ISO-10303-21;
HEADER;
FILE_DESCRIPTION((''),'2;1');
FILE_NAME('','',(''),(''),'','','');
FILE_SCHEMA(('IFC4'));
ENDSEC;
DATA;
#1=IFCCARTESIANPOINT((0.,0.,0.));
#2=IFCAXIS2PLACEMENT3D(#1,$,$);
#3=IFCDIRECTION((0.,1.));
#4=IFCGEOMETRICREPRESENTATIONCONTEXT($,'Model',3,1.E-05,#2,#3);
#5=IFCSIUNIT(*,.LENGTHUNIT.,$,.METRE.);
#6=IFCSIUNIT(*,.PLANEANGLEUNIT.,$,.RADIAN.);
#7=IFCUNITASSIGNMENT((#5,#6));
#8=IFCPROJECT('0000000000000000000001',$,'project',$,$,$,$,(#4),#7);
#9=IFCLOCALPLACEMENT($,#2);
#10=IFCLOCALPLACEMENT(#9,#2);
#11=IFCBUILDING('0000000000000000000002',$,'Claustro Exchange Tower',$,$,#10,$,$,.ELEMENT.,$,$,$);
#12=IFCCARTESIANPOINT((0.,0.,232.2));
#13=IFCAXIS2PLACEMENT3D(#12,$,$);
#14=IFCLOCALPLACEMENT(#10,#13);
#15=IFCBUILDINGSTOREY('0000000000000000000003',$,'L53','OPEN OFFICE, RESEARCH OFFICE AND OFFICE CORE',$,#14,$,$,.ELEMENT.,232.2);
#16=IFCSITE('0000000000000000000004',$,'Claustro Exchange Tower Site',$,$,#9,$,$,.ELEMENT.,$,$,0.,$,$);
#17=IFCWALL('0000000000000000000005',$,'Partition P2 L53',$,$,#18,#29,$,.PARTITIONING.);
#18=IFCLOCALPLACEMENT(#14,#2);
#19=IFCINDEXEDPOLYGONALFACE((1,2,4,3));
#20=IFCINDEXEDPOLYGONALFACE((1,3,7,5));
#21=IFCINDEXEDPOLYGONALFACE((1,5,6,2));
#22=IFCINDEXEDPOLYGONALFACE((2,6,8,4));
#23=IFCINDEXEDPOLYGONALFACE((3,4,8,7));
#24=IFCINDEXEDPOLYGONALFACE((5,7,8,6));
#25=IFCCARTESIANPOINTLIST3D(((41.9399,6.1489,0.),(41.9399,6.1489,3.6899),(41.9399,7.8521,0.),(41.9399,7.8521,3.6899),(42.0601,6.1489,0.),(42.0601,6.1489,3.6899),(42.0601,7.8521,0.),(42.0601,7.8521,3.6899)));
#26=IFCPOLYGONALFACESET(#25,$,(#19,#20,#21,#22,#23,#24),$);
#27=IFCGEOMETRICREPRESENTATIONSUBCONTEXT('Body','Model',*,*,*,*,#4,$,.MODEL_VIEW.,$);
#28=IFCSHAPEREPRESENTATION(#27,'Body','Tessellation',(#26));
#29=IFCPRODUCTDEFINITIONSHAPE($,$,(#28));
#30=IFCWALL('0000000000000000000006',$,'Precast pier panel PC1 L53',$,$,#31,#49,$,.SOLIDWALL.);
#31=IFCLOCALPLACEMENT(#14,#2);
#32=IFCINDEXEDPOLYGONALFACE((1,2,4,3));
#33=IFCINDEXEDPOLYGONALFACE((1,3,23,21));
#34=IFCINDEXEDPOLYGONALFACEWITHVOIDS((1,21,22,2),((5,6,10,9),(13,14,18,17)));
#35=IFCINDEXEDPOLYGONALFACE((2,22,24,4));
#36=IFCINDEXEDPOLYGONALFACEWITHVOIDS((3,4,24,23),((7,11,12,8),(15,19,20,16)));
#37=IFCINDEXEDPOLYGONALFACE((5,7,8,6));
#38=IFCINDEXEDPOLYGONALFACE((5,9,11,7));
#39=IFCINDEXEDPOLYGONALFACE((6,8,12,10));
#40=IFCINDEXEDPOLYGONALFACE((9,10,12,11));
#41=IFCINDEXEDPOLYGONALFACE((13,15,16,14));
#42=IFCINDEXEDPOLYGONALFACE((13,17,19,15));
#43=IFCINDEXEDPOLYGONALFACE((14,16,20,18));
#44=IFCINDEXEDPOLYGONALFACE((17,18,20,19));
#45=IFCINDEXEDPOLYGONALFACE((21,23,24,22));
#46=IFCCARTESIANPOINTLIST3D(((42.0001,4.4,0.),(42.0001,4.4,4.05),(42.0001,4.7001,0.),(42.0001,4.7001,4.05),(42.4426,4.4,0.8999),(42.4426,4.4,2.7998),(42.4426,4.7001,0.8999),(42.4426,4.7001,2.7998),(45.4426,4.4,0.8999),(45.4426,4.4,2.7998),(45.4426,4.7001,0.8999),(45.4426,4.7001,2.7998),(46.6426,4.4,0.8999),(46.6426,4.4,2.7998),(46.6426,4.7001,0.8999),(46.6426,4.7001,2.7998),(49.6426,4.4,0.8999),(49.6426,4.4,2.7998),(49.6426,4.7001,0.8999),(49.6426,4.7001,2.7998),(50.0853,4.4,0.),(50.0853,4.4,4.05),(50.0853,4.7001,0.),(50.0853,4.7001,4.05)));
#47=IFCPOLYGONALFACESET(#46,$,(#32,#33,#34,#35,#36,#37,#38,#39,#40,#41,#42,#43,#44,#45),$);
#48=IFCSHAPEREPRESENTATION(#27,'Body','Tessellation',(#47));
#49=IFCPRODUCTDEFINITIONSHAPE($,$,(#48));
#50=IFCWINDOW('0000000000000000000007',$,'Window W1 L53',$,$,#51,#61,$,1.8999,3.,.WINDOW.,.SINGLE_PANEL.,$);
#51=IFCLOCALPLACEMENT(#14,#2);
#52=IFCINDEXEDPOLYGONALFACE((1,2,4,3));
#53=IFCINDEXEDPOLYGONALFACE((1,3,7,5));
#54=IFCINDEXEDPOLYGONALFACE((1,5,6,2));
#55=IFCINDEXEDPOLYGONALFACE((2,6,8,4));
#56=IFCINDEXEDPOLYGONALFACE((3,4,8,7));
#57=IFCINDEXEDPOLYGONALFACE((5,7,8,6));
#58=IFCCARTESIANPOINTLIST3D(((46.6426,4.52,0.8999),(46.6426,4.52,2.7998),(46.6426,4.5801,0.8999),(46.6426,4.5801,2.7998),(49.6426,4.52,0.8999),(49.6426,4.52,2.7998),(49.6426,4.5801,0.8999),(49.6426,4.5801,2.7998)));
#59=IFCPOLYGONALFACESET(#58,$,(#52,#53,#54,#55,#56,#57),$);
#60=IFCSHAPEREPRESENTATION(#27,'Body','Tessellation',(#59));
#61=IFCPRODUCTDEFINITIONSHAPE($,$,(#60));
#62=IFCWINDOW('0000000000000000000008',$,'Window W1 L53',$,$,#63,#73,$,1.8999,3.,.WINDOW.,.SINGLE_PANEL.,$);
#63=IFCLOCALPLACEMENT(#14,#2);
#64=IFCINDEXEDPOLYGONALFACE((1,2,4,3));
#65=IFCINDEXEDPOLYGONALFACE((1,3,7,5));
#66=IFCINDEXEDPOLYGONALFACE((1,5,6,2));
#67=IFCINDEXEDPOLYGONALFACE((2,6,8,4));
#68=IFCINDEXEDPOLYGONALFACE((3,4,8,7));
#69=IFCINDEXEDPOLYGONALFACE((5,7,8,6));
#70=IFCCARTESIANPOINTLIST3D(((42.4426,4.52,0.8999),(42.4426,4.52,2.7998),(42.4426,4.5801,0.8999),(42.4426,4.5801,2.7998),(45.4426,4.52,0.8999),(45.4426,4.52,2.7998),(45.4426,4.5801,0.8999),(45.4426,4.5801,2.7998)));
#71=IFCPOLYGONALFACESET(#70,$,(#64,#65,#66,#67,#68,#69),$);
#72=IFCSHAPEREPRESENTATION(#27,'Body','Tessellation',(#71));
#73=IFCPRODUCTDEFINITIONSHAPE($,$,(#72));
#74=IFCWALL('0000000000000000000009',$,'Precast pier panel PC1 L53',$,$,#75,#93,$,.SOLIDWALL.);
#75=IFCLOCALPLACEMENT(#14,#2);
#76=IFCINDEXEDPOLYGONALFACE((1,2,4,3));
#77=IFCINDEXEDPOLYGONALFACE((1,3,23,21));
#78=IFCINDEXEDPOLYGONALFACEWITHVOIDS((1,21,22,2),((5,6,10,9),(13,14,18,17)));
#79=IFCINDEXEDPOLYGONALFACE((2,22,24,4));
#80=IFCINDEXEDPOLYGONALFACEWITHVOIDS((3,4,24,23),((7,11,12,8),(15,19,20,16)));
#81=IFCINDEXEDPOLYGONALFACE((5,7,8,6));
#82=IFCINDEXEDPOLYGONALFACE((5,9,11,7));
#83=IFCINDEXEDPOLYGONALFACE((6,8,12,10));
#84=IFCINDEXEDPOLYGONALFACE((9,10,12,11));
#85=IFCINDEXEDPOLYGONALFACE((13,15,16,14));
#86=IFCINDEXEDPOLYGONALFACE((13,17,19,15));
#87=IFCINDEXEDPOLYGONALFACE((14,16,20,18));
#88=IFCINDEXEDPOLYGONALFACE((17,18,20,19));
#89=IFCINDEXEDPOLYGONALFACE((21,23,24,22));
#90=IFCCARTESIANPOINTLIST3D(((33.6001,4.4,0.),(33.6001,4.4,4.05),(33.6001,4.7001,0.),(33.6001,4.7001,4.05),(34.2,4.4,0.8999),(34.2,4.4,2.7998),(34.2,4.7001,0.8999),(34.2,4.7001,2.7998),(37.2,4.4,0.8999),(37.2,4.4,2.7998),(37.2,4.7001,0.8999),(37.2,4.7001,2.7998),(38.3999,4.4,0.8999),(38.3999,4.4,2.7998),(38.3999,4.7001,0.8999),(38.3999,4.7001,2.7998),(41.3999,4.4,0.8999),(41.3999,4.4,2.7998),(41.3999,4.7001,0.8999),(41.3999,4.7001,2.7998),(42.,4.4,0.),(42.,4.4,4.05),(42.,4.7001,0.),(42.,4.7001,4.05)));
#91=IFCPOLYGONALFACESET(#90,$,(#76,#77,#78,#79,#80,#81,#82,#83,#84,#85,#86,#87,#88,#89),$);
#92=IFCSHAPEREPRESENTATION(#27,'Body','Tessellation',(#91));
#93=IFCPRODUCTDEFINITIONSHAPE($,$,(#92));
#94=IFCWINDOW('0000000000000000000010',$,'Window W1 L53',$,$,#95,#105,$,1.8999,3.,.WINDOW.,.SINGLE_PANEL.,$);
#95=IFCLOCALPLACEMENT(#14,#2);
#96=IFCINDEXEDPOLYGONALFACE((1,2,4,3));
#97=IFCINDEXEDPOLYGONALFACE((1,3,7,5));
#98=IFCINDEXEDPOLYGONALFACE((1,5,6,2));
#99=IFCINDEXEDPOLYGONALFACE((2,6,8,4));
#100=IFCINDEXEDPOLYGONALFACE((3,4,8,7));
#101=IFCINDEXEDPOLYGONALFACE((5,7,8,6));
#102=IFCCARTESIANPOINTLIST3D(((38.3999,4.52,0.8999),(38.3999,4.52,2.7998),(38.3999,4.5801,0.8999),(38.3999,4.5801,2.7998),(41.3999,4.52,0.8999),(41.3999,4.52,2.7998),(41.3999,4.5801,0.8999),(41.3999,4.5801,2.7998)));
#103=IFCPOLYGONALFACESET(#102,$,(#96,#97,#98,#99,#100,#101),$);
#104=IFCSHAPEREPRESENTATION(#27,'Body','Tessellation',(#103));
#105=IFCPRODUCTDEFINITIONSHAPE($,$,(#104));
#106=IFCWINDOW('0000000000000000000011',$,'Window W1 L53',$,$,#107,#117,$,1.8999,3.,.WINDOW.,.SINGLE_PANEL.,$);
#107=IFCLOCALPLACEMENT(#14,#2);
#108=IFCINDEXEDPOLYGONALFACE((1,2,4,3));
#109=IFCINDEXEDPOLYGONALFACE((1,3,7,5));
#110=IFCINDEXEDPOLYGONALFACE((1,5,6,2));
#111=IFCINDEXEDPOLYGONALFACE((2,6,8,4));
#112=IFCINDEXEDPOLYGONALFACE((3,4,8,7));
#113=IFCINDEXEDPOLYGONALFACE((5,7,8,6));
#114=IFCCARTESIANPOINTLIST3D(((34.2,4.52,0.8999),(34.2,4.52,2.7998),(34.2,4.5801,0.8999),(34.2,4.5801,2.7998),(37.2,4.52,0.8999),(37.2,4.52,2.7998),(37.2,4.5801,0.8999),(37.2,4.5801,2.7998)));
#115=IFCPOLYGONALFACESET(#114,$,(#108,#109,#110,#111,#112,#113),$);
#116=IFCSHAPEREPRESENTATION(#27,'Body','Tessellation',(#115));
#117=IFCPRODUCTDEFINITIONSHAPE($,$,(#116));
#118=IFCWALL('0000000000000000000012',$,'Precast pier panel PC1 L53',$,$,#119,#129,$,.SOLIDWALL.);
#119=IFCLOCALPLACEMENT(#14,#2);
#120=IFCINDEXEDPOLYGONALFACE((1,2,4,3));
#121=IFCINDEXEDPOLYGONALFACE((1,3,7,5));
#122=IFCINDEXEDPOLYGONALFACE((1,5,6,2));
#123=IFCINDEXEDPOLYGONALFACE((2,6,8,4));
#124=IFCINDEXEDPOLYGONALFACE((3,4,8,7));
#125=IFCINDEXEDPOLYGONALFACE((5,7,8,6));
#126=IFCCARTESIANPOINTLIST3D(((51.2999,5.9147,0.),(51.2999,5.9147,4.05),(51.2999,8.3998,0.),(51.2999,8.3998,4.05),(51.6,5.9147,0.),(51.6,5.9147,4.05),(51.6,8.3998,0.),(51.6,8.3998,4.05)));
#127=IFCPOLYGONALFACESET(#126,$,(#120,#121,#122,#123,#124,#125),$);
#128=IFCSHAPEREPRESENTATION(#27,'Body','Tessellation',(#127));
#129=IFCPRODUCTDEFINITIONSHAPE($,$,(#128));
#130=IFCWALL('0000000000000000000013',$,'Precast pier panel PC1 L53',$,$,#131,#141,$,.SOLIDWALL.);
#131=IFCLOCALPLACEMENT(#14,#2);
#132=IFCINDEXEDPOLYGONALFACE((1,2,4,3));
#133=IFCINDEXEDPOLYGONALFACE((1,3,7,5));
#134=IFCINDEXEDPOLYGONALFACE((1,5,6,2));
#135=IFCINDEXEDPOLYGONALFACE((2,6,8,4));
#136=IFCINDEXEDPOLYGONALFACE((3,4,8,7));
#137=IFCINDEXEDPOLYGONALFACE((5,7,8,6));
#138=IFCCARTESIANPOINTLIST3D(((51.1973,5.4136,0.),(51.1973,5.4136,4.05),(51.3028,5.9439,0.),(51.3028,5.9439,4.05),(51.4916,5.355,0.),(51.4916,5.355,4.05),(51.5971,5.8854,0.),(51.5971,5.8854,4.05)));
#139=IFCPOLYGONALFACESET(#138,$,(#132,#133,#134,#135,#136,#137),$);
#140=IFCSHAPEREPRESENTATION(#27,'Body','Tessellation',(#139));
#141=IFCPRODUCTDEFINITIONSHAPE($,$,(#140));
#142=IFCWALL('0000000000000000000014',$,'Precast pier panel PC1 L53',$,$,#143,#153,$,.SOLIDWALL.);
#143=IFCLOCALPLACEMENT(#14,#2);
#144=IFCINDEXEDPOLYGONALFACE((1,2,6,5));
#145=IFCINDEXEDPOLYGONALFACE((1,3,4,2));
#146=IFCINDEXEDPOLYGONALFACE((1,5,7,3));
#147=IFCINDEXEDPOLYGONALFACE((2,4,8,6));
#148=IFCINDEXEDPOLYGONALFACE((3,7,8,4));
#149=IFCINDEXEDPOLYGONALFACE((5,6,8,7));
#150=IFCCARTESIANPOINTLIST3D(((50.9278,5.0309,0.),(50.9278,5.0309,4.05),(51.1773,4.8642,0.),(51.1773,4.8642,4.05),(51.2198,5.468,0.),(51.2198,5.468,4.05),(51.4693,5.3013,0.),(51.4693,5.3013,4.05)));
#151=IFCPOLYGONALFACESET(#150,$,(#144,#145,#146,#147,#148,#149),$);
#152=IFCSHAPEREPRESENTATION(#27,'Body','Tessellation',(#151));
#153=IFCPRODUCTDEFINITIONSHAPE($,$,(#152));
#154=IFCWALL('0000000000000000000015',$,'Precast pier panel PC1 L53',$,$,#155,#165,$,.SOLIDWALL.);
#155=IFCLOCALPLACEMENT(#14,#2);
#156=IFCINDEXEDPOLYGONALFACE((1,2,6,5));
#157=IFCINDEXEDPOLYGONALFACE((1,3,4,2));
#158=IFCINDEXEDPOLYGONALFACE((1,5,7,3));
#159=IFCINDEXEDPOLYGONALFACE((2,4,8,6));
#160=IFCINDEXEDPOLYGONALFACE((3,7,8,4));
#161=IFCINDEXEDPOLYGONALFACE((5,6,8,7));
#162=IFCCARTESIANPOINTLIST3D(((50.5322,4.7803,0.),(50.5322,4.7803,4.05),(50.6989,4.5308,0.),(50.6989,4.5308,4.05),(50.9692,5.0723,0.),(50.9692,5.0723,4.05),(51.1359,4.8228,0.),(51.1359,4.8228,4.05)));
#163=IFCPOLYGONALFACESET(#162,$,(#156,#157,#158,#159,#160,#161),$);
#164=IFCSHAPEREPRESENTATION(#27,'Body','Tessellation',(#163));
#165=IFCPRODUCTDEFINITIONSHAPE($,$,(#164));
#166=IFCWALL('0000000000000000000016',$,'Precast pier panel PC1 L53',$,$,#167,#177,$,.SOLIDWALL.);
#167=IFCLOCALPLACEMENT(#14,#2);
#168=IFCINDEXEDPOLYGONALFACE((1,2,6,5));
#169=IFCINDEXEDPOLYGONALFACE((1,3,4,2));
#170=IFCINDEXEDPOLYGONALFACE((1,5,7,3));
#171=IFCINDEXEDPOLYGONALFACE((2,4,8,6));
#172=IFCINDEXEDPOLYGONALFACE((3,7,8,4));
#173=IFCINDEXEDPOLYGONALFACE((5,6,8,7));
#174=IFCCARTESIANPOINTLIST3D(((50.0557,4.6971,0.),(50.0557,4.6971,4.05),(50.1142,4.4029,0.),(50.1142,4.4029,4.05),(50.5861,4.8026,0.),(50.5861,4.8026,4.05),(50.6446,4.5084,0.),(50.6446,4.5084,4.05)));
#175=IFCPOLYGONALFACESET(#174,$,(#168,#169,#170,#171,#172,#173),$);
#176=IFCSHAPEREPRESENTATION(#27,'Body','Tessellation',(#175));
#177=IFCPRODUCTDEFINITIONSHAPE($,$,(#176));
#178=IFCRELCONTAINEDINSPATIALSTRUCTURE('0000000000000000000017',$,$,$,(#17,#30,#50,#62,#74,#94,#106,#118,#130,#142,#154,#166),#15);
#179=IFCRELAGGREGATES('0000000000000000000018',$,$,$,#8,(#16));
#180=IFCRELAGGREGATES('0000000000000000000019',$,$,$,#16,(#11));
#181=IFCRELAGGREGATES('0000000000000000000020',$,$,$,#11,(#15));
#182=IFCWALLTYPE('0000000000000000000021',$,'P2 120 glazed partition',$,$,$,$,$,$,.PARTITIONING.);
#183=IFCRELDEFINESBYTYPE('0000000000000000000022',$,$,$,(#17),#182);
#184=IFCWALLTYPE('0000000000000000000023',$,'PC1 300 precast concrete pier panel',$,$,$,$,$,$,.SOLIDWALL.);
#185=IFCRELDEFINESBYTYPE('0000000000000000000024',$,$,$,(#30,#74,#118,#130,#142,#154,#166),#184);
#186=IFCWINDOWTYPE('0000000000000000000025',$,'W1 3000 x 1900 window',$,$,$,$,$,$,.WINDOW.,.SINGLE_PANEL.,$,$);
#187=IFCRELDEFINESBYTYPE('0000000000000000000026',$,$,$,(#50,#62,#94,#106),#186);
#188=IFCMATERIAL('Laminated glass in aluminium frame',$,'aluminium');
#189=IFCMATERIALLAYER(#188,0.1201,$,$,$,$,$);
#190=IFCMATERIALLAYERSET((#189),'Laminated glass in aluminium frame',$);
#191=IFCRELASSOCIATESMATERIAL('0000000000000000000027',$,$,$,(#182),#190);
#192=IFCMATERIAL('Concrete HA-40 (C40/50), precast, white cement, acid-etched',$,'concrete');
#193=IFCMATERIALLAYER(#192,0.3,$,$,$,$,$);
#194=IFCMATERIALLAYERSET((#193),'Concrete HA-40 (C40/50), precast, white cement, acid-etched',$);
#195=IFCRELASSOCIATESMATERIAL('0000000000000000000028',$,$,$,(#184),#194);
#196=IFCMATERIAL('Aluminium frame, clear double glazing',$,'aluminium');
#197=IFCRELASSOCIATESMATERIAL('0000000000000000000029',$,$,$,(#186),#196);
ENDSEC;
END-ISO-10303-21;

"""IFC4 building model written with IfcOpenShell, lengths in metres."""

from ifc_helpers import new_model, si_unit, direction, frame, frame_2d, origin, place, context, subcontext, project, spatial, rectangle, extrude, material, layer, layer_set, type_object, element, fill, save


model = new_model("IFC4")

# Units and contexts
model_context = context("Model", 3, precision=1e-05, world=origin(), true_north=direction((0.0, 1.0)))
body_context = subcontext(model_context, "Body", "Model", "MODEL_VIEW")
ifc_project = project(units=[si_unit("LENGTHUNIT", "METRE"), si_unit("PLANEANGLEUNIT", "RADIAN")], contexts=[model_context])

# Site, building, storey
site_placement = place(None, origin())
site = spatial("IfcSite", under=ifc_project, at=site_placement, Name="Claustro Exchange Tower Site", CompositionType="ELEMENT", RefElevation=0.0)
building_placement = place(site_placement, origin())
building = spatial("IfcBuilding", under=site, at=building_placement, Name="Claustro Exchange Tower", CompositionType="ELEMENT")
storey_placement = place(building_placement, frame((0.0, 0.0, 232.2)))
storey = spatial("IfcBuildingStorey", under=building, at=storey_placement, Name="L53", Description="OPEN OFFICE, RESEARCH OFFICE AND OFFICE CORE", CompositionType="ELEMENT", Elevation=232.2)

# Wall
ifc_material_1 = material(Name="Laminated glass in aluminium frame", Category="aluminium")
ifc_layer_1 = layer(ifc_material_1, 0.1201)
ifc_layer_set_1 = layer_set([ifc_layer_1], Name="Laminated glass in aluminium frame")
wall_type_1 = type_object("IfcWallType", Name="P2 120 glazed partition", PredefinedType="PARTITIONING", material=ifc_layer_set_1)
wall_1_placement = place(storey_placement, frame((42.0, 6.1489, 0.0), z_axis=(0.0, 0.0, 1.0), x_axis=(0.0, 1.0, 0.0)))
element("IfcWall", 1, at=wall_1_placement, inside=storey, type_object=wall_type_1, Name="Partition P2 L53", PredefinedType="PARTITIONING", context=body_context, shape_type="SweptSolid", body=[
    extrude(rectangle(XDim=1.7031, YDim=0.1201, at=frame_2d((0.8516, 0.0))), origin(), (0.0, 0.0, 1.0), 3.6899),
])

# Walls, openings, windows
ifc_material_2 = material(Name="Concrete HA-40 (C40/50), precast, white cement, acid-etched", Category="concrete")
ifc_layer_2 = layer(ifc_material_2, 0.3)
ifc_layer_set_2 = layer_set([ifc_layer_2], Name="Concrete HA-40 (C40/50), precast, white cement, acid-etched")
wall_type_2 = type_object("IfcWallType", Name="PC1 300 precast concrete pier panel", PredefinedType="SOLIDWALL", material=ifc_layer_set_2)
wall_2_placement = place(storey_placement, frame((50.0852, 4.55, 0.0), z_axis=(0.0, 0.0, 1.0), x_axis=(-1.0, 0.0, 0.0)))
wall_2 = element("IfcWall", 2, at=wall_2_placement, inside=storey, type_object=wall_type_2, Name="Precast pier panel PC1 L53", PredefinedType="SOLIDWALL", context=body_context, shape_type="SweptSolid", body=[
    extrude(rectangle(XDim=8.0852, YDim=0.3, at=frame_2d((4.0425, 0.0))), origin(), (0.0, 0.0, 1.0), 4.05),
])
opening_1_placement = place(wall_2_placement, frame((0.4426, 0.0, 0.8999)))
opening_1 = element("IfcOpeningElement", 3, at=opening_1_placement, cuts=wall_2, PredefinedType="OPENING", context=body_context, shape_type="SweptSolid", body=[
    extrude(rectangle(XDim=3.0, YDim=1.8999, at=frame_2d((1.5, 0.95))), frame((0.0, 0.1599, 0.0), z_axis=(0.0, -1.0, 0.0), x_axis=(1.0, 0.0, 0.0)), (0.0, 0.0, 1.0), 0.3201),
])
opening_2_placement = place(wall_2_placement, frame((4.6426, 0.0, 0.8999)))
opening_2 = element("IfcOpeningElement", 4, at=opening_2_placement, cuts=wall_2, PredefinedType="OPENING", context=body_context, shape_type="SweptSolid", body=[
    extrude(rectangle(XDim=3.0, YDim=1.8999, at=frame_2d((1.5, 0.95))), frame((0.0, 0.1599, 0.0), z_axis=(0.0, -1.0, 0.0), x_axis=(1.0, 0.0, 0.0)), (0.0, 0.0, 1.0), 0.3201),
])
ifc_material_3 = material(Name="Aluminium frame, clear double glazing", Category="aluminium")
window_type = type_object("IfcWindowType", Name="W1 3000 x 1900 window", PartitioningType="SINGLE_PANEL", PredefinedType="WINDOW", material=ifc_material_3)
window_1_placement = place(opening_1_placement, origin())
window_1 = element("IfcWindow", 5, at=window_1_placement, inside=storey, type_object=window_type, Name="Window W1 L53", OverallHeight=1.8999, OverallWidth=3.0, PartitioningType="SINGLE_PANEL", PredefinedType="WINDOW", context=body_context, shape_type="SweptSolid", body=[
    extrude(rectangle(XDim=3.0, YDim=1.8999, at=frame_2d((1.5, 0.95))), frame((0.0, 0.03, 0.0), z_axis=(0.0, -1.0, 0.0), x_axis=(1.0, 0.0, 0.0)), (0.0, 0.0, 1.0), 0.0601),
])
fill(opening_1, window_1)
window_2_placement = place(opening_2_placement, origin())
window_2 = element("IfcWindow", 6, at=window_2_placement, inside=storey, type_object=window_type, Name="Window W1 L53", OverallHeight=1.8999, OverallWidth=3.0, PartitioningType="SINGLE_PANEL", PredefinedType="WINDOW", context=body_context, shape_type="SweptSolid", body=[
    extrude(rectangle(XDim=3.0, YDim=1.8999, at=frame_2d((1.5, 0.95))), frame((0.0, 0.03, 0.0), z_axis=(0.0, -1.0, 0.0), x_axis=(1.0, 0.0, 0.0)), (0.0, 0.0, 1.0), 0.0601),
])
fill(opening_2, window_2)
wall_3_placement = place(storey_placement, frame((42.0, 4.55, 0.0), z_axis=(0.0, 0.0, 1.0), x_axis=(-1.0, 0.0, 0.0)))
wall_3 = element("IfcWall", 7, at=wall_3_placement, inside=storey, type_object=wall_type_2, Name="Precast pier panel PC1 L53", PredefinedType="SOLIDWALL", context=body_context, shape_type="SweptSolid", body=[
    extrude(rectangle(XDim=8.3999, YDim=0.3, at=frame_2d((4.2, 0.0))), origin(), (0.0, 0.0, 1.0), 4.05),
])
opening_3_placement = place(wall_3_placement, frame((0.6001, 0.0, 0.8999)))
opening_3 = element("IfcOpeningElement", 8, at=opening_3_placement, cuts=wall_3, PredefinedType="OPENING", context=body_context, shape_type="SweptSolid", body=[
    extrude(rectangle(XDim=3.0, YDim=1.8999, at=frame_2d((1.5, 0.95))), frame((0.0, 0.1599, 0.0), z_axis=(0.0, -1.0, 0.0), x_axis=(1.0, 0.0, 0.0)), (0.0, 0.0, 1.0), 0.3201),
])
opening_4_placement = place(wall_3_placement, frame((4.8, 0.0, 0.8999)))
opening_4 = element("IfcOpeningElement", 9, at=opening_4_placement, cuts=wall_3, PredefinedType="OPENING", context=body_context, shape_type="SweptSolid", body=[
    extrude(rectangle(XDim=3.0, YDim=1.8999, at=frame_2d((1.5, 0.95))), frame((0.0, 0.1599, 0.0), z_axis=(0.0, -1.0, 0.0), x_axis=(1.0, 0.0, 0.0)), (0.0, 0.0, 1.0), 0.3201),
])
window_3_placement = place(opening_3_placement, origin())
window_3 = element("IfcWindow", 10, at=window_3_placement, inside=storey, type_object=window_type, Name="Window W1 L53", OverallHeight=1.8999, OverallWidth=3.0, PartitioningType="SINGLE_PANEL", PredefinedType="WINDOW", context=body_context, shape_type="SweptSolid", body=[
    extrude(rectangle(XDim=3.0, YDim=1.8999, at=frame_2d((1.5, 0.95))), frame((0.0, 0.03, 0.0), z_axis=(0.0, -1.0, 0.0), x_axis=(1.0, 0.0, 0.0)), (0.0, 0.0, 1.0), 0.0601),
])
fill(opening_3, window_3)
window_4_placement = place(opening_4_placement, origin())
window_4 = element("IfcWindow", 11, at=window_4_placement, inside=storey, type_object=window_type, Name="Window W1 L53", OverallHeight=1.8999, OverallWidth=3.0, PartitioningType="SINGLE_PANEL", PredefinedType="WINDOW", context=body_context, shape_type="SweptSolid", body=[
    extrude(rectangle(XDim=3.0, YDim=1.8999, at=frame_2d((1.5, 0.95))), frame((0.0, 0.03, 0.0), z_axis=(0.0, -1.0, 0.0), x_axis=(1.0, 0.0, 0.0)), (0.0, 0.0, 1.0), 0.0601),
])
fill(opening_4, window_4)

# Walls
wall_4_placement = place(storey_placement, frame((51.45, 8.3999, 0.0), z_axis=(0.0, 0.0, 1.0), x_axis=(0.0, -1.0, 0.0)))
element("IfcWall", 12, at=wall_4_placement, inside=storey, type_object=wall_type_2, Name="Precast pier panel PC1 L53", PredefinedType="SOLIDWALL", context=body_context, shape_type="SweptSolid", body=[
    extrude(rectangle(XDim=2.4851, YDim=0.3, at=frame_2d((1.2427, 0.0))), origin(), (0.0, 0.0, 1.0), 4.05),
])
wall_5_placement = place(storey_placement, frame((51.45, 5.9148, 0.0), z_axis=(0.0, 0.0, 1.0), x_axis=(-0.195074, -0.980789, 0.0)))
element("IfcWall", 13, at=wall_5_placement, inside=storey, type_object=wall_type_2, Name="Precast pier panel PC1 L53", PredefinedType="SOLIDWALL", context=body_context, shape_type="SweptSolid", body=[
    extrude(rectangle(XDim=0.5408, YDim=0.3, at=frame_2d((0.2705, 0.0))), origin(), (0.0, 0.0, 1.0), 4.05),
])
for number, where, z_axis, x_axis, name in (
    (14, (51.3445, 5.3845, 0.0), (0.0, 0.0, 1.0), (-0.555557, -0.831478, 0.0), "Precast pier panel PC1 L53"),
    (15, (51.0525, 4.9475, 0.0), (0.0, 0.0, 1.0), (-0.831478, -0.555557, 0.0), "Precast pier panel PC1 L53"),
):
    element("IfcWall", number, at=place(storey_placement, frame(where, z_axis=z_axis, x_axis=x_axis)), inside=storey, type_object=wall_type_2, Name=name, PredefinedType="SOLIDWALL", context=body_context, shape_type="SweptSolid", body=[
        extrude(rectangle(XDim=0.5256, YDim=0.3, at=frame_2d((0.2627, 0.0))), origin(), (0.0, 0.0, 1.0), 4.05),
    ])
wall_6_placement = place(storey_placement, frame((50.6155, 4.6555, 0.0), z_axis=(0.0, 0.0, 1.0), x_axis=(-0.980789, -0.195074, 0.0)))
element("IfcWall", 16, at=wall_6_placement, inside=storey, type_object=wall_type_2, Name="Precast pier panel PC1 L53", PredefinedType="SOLIDWALL", context=body_context, shape_type="SweptSolid", body=[
    extrude(rectangle(XDim=0.5408, YDim=0.3, at=frame_2d((0.2705, 0.0))), origin(), (0.0, 0.0, 1.0), 4.05),
])

save(model, "model.ifc")
